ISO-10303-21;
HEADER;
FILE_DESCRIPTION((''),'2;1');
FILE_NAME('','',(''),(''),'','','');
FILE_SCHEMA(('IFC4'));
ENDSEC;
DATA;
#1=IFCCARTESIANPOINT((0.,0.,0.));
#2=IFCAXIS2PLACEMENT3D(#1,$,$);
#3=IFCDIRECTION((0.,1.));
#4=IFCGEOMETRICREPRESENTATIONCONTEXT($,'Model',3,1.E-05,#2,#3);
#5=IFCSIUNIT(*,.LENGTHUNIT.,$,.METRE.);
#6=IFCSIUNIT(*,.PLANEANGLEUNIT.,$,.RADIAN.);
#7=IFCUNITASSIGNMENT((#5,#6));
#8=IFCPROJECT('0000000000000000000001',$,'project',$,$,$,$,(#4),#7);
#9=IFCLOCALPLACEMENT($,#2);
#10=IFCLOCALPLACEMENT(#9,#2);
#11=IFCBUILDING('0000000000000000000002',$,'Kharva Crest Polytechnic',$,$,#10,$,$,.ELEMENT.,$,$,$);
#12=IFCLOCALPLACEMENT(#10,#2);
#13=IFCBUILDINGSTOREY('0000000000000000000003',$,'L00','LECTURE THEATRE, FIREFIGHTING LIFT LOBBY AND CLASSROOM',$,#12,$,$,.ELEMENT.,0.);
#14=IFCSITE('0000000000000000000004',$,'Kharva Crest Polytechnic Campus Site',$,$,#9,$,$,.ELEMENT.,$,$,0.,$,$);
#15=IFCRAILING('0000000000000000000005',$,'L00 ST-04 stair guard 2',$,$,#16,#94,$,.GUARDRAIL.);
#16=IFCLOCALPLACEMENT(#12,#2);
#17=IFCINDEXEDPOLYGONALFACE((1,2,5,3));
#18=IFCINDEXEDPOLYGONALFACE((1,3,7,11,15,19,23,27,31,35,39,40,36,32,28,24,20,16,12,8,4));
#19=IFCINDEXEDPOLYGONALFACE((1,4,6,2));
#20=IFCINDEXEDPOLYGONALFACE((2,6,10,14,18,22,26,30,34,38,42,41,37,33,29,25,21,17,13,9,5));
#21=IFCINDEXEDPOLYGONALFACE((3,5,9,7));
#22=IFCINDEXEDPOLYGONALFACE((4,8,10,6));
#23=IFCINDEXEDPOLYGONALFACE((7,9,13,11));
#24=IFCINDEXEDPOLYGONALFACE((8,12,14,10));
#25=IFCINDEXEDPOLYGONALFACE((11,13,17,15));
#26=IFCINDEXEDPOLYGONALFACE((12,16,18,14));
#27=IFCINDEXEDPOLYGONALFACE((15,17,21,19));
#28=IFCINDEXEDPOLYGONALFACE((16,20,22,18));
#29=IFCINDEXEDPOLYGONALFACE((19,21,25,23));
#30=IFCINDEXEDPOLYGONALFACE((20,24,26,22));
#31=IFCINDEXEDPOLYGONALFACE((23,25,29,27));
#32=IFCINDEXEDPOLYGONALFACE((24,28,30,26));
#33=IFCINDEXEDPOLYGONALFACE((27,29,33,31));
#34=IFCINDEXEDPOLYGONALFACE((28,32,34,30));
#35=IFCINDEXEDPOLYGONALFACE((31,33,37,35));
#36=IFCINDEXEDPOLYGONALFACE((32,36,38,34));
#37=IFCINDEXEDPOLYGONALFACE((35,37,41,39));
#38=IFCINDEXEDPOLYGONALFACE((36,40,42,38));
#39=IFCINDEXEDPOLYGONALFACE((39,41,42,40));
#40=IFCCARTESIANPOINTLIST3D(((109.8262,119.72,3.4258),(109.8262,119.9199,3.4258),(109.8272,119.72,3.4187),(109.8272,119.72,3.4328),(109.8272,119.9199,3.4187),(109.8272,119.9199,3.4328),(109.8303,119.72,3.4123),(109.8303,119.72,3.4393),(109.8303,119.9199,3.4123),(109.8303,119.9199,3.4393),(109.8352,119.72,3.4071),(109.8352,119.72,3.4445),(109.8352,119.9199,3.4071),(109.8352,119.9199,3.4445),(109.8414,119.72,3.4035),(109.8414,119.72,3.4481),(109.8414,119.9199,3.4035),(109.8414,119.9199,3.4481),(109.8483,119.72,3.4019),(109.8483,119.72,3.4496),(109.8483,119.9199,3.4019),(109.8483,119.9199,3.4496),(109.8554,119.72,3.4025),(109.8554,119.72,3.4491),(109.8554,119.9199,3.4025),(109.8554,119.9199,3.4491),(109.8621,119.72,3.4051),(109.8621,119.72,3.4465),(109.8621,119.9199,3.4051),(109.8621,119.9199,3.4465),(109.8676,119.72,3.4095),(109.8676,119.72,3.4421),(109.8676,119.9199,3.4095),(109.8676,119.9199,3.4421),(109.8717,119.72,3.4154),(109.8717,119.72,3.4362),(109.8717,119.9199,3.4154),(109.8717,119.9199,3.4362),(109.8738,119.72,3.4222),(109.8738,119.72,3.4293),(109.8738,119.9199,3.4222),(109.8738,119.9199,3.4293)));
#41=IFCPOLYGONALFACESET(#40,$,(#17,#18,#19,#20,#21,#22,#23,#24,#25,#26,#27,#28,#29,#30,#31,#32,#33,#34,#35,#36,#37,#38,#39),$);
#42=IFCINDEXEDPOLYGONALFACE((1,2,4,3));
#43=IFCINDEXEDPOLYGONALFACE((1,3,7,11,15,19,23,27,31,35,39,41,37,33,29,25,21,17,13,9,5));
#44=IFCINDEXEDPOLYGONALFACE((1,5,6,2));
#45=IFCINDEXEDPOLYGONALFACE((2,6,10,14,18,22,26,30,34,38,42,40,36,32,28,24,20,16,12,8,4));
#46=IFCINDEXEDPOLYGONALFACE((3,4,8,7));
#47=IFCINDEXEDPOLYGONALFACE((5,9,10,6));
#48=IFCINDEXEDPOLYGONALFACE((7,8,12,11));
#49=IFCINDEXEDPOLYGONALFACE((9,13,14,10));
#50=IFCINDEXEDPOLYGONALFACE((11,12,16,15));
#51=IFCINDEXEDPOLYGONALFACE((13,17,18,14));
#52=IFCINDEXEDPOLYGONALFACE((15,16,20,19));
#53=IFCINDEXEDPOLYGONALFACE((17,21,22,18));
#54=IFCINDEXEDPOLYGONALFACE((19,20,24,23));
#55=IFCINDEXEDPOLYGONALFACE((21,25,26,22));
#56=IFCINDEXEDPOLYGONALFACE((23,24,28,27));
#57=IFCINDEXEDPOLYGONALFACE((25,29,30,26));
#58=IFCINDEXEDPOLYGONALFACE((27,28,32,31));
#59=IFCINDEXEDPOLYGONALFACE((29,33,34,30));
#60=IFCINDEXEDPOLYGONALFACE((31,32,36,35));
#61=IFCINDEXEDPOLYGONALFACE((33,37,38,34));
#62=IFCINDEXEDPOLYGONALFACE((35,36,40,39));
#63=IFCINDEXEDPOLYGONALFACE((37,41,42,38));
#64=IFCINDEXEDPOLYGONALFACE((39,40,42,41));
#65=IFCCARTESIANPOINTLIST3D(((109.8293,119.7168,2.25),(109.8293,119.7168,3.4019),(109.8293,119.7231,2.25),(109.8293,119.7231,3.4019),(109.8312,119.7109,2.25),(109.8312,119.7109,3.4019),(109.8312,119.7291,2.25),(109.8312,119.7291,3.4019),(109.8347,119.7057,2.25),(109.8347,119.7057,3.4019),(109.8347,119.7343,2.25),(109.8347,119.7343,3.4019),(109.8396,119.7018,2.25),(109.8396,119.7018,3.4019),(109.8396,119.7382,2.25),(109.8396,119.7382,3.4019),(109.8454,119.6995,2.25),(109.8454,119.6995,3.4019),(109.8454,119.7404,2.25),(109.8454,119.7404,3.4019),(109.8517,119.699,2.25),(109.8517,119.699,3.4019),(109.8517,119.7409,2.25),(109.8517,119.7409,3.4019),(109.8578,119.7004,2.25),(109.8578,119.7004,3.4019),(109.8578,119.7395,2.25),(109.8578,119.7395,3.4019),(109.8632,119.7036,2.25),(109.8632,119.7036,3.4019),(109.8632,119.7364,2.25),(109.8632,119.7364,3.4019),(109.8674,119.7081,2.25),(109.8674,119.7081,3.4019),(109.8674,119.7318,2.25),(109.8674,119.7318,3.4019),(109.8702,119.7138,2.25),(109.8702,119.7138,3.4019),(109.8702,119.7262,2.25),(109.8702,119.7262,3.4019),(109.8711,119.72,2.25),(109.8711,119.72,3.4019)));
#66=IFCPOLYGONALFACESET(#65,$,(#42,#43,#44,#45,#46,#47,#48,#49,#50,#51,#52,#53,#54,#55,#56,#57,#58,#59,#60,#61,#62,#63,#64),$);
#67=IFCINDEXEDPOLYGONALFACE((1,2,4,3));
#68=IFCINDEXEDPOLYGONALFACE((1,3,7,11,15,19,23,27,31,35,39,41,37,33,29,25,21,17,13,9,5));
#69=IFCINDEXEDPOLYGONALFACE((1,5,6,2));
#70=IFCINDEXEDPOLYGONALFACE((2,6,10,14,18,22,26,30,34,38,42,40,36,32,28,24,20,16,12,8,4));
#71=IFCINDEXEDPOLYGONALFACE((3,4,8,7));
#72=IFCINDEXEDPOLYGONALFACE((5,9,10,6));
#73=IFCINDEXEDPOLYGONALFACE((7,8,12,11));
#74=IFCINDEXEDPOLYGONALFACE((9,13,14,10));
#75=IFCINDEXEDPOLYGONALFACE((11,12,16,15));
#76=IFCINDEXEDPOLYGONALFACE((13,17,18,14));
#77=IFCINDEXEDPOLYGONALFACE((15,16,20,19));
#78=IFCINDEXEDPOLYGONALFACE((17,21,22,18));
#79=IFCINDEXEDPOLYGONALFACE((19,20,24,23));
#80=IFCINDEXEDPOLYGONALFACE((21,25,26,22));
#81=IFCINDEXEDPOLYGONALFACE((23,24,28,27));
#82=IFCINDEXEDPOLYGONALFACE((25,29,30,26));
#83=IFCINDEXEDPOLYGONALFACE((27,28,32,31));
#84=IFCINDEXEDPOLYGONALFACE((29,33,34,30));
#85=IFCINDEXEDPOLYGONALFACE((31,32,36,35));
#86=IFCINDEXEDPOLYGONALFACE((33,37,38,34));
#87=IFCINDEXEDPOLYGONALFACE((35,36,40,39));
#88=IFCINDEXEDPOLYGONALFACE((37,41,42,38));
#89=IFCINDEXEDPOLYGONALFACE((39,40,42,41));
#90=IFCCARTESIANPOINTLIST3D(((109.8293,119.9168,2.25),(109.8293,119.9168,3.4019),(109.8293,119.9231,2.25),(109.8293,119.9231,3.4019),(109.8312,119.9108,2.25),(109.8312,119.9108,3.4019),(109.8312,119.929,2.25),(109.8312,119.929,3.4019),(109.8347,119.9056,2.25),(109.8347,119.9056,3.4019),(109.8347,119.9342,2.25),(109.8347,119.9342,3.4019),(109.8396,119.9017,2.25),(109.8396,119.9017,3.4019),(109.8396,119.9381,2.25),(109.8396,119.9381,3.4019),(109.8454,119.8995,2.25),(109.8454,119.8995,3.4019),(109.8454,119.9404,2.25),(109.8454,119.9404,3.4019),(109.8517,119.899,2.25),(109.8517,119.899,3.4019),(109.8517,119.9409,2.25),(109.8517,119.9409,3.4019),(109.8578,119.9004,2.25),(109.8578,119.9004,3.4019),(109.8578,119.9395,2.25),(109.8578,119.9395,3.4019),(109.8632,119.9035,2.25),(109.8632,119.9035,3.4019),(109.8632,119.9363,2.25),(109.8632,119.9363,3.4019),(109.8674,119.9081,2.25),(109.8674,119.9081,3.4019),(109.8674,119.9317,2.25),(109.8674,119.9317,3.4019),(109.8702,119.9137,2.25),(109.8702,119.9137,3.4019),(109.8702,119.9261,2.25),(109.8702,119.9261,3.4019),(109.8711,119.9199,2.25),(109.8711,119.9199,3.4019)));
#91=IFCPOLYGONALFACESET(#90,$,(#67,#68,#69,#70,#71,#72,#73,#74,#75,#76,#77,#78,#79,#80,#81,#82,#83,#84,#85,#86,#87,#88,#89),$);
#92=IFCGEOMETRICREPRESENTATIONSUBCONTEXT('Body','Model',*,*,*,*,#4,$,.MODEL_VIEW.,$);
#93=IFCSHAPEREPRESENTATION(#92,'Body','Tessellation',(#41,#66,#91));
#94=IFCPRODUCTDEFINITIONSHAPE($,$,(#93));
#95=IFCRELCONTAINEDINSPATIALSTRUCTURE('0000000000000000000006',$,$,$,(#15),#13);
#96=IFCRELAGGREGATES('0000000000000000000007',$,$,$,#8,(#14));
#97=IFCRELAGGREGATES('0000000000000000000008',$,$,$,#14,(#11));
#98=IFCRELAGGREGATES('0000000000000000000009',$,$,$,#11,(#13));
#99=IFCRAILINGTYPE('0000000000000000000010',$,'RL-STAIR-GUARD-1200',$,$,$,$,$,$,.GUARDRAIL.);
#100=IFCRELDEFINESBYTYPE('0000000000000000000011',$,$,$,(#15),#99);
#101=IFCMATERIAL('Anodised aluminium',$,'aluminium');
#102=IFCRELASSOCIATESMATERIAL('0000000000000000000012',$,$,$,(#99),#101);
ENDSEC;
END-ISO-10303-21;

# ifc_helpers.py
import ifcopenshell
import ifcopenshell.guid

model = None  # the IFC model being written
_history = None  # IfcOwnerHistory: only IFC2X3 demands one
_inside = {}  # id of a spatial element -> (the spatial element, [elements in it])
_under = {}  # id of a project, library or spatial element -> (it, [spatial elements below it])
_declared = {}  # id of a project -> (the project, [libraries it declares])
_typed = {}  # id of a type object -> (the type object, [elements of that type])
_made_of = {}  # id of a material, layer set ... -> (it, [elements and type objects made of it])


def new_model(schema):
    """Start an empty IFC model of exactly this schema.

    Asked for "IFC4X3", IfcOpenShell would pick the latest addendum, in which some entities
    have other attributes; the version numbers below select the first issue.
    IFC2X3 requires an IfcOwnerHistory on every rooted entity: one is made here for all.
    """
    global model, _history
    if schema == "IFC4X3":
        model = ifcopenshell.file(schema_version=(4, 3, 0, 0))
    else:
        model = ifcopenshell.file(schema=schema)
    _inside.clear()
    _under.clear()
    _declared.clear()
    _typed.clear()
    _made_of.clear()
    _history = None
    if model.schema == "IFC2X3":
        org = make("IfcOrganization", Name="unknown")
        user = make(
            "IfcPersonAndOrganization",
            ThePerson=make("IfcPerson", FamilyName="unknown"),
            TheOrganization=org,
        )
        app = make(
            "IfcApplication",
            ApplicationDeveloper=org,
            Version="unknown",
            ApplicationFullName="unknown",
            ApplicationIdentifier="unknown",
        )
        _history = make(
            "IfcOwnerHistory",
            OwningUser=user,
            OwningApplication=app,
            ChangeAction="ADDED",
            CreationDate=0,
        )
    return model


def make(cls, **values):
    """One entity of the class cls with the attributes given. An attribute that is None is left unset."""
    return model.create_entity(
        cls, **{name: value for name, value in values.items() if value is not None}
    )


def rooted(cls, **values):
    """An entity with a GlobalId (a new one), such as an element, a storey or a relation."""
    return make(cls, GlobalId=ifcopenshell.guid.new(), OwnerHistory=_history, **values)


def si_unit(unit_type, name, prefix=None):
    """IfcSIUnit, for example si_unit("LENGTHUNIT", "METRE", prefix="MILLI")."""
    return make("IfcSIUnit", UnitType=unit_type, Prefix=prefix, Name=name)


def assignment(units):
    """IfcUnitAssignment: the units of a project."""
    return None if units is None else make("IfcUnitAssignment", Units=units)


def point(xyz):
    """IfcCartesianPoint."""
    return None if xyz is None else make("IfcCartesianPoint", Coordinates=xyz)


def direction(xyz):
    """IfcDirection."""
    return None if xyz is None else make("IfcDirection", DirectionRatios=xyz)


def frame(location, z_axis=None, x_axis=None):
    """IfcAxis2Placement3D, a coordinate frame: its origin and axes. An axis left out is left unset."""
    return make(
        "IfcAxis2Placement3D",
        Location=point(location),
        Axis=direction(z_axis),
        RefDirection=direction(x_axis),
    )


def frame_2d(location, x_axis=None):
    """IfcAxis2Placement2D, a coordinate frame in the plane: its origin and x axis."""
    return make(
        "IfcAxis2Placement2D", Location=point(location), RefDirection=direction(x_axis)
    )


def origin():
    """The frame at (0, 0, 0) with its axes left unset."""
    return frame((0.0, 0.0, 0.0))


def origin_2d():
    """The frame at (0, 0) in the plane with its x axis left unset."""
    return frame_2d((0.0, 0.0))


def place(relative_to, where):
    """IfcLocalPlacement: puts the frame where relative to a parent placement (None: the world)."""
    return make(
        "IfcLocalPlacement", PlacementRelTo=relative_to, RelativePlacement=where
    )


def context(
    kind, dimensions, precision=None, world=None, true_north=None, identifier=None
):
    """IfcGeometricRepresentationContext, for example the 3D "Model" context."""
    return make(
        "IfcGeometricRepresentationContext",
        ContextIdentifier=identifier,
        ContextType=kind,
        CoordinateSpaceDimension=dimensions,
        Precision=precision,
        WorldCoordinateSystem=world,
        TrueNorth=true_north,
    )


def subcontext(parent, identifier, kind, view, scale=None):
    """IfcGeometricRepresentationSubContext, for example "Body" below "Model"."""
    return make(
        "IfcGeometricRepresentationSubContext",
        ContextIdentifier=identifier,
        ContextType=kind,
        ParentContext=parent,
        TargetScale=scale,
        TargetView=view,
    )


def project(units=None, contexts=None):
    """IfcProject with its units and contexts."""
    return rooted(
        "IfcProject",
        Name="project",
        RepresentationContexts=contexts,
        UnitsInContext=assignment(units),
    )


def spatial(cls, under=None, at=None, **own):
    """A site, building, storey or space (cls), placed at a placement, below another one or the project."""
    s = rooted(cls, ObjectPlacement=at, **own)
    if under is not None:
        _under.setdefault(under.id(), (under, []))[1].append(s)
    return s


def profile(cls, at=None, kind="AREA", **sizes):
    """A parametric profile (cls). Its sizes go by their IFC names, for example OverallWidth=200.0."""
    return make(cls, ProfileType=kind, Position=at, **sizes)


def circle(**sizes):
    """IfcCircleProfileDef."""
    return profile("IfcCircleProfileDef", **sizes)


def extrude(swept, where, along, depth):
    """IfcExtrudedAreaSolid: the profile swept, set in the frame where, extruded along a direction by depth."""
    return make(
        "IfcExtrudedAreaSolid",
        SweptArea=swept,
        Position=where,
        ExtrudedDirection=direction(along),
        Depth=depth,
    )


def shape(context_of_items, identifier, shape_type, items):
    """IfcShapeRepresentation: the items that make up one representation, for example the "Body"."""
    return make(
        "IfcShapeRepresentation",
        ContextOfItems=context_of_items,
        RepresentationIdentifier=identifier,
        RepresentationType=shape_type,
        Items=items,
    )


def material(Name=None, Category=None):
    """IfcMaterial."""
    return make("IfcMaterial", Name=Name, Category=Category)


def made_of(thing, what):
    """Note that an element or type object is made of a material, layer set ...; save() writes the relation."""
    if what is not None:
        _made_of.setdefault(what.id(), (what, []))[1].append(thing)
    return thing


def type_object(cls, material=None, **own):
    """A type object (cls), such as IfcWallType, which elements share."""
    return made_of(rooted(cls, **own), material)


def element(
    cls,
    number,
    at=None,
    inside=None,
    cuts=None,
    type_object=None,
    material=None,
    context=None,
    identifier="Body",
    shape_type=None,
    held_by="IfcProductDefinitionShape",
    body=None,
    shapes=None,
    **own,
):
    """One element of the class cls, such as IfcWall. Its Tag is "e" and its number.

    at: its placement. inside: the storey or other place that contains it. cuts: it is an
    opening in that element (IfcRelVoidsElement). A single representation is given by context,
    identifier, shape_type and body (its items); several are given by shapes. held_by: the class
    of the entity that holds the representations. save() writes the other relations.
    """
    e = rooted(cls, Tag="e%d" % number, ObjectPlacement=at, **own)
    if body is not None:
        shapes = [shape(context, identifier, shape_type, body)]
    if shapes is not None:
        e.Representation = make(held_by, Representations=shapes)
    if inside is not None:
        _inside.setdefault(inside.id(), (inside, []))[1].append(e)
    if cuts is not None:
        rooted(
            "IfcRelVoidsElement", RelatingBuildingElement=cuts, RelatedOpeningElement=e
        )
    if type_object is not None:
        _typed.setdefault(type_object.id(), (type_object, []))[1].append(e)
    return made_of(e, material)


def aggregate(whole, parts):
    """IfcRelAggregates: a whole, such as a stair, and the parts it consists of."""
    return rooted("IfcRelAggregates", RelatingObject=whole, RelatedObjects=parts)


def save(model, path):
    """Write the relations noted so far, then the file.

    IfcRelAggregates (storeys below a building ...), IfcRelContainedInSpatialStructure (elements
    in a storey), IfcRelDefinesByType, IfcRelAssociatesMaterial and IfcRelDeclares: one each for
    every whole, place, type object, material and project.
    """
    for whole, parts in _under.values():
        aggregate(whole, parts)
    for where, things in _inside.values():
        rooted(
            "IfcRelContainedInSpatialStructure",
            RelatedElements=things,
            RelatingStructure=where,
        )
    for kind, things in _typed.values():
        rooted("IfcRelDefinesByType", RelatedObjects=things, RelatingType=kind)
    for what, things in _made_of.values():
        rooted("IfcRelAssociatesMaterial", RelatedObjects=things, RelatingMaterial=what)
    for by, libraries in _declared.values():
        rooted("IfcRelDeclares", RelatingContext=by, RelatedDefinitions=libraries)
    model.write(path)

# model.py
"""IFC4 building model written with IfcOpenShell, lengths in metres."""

from ifc_helpers import new_model, si_unit, direction, frame, origin, origin_2d, place, context, subcontext, project, spatial, circle, extrude, material, type_object, element, save


model = new_model("IFC4")

# Units and contexts
model_context = context("Model", 3, precision=1e-05, world=origin(), true_north=direction((0.0, 1.0)))
body_context = subcontext(model_context, "Body", "Model", "MODEL_VIEW")
ifc_project = project(units=[si_unit("LENGTHUNIT", "METRE"), si_unit("PLANEANGLEUNIT", "RADIAN")], contexts=[model_context])

# Site, building, storey
site_placement = place(None, origin())
site = spatial("IfcSite", under=ifc_project, at=site_placement, Name="Kharva Crest Polytechnic Campus Site", CompositionType="ELEMENT", RefElevation=0.0)
building_placement = place(site_placement, origin())
building = spatial("IfcBuilding", under=site, at=building_placement, Name="Kharva Crest Polytechnic", CompositionType="ELEMENT")
storey_placement = place(building_placement, origin())
storey = spatial("IfcBuildingStorey", under=building, at=storey_placement, Name="L00", Description="LECTURE THEATRE, FIREFIGHTING LIFT LOBBY AND CLASSROOM", CompositionType="ELEMENT", Elevation=0.0)

# Railing
ifc_material_1 = material(Name="Anodised aluminium", Category="aluminium")
railing_type_1 = type_object("IfcRailingType", Name="RL-STAIR-GUARD-1200", PredefinedType="GUARDRAIL", material=ifc_material_1)
railing_1_placement = place(storey_placement, frame((109.8501, 119.72, 2.25)))
element("IfcRailing", 1, at=railing_1_placement, inside=storey, type_object=railing_type_1, Name="L00 ST-04 stair guard 2", PredefinedType="GUARDRAIL", context=body_context, shape_type="SweptSolid", body=[
    extrude(circle(Radius=0.0239, at=origin_2d()), frame((0.0, 0.0, 1.1758), z_axis=(0.0, 1.0, 0.0), x_axis=(-1.0, 0.0, 0.0)), (0.0, 0.0, 1.0), 0.2),
    extrude(circle(Radius=0.021, at=origin_2d()), origin(), (0.0, 0.0, 1.0), 1.1519),
    extrude(circle(Radius=0.021, at=origin_2d()), frame((0.0, 0.2, 0.0)), (0.0, 0.0, 1.0), 1.1519),
])

save(model, "model.ifc")
